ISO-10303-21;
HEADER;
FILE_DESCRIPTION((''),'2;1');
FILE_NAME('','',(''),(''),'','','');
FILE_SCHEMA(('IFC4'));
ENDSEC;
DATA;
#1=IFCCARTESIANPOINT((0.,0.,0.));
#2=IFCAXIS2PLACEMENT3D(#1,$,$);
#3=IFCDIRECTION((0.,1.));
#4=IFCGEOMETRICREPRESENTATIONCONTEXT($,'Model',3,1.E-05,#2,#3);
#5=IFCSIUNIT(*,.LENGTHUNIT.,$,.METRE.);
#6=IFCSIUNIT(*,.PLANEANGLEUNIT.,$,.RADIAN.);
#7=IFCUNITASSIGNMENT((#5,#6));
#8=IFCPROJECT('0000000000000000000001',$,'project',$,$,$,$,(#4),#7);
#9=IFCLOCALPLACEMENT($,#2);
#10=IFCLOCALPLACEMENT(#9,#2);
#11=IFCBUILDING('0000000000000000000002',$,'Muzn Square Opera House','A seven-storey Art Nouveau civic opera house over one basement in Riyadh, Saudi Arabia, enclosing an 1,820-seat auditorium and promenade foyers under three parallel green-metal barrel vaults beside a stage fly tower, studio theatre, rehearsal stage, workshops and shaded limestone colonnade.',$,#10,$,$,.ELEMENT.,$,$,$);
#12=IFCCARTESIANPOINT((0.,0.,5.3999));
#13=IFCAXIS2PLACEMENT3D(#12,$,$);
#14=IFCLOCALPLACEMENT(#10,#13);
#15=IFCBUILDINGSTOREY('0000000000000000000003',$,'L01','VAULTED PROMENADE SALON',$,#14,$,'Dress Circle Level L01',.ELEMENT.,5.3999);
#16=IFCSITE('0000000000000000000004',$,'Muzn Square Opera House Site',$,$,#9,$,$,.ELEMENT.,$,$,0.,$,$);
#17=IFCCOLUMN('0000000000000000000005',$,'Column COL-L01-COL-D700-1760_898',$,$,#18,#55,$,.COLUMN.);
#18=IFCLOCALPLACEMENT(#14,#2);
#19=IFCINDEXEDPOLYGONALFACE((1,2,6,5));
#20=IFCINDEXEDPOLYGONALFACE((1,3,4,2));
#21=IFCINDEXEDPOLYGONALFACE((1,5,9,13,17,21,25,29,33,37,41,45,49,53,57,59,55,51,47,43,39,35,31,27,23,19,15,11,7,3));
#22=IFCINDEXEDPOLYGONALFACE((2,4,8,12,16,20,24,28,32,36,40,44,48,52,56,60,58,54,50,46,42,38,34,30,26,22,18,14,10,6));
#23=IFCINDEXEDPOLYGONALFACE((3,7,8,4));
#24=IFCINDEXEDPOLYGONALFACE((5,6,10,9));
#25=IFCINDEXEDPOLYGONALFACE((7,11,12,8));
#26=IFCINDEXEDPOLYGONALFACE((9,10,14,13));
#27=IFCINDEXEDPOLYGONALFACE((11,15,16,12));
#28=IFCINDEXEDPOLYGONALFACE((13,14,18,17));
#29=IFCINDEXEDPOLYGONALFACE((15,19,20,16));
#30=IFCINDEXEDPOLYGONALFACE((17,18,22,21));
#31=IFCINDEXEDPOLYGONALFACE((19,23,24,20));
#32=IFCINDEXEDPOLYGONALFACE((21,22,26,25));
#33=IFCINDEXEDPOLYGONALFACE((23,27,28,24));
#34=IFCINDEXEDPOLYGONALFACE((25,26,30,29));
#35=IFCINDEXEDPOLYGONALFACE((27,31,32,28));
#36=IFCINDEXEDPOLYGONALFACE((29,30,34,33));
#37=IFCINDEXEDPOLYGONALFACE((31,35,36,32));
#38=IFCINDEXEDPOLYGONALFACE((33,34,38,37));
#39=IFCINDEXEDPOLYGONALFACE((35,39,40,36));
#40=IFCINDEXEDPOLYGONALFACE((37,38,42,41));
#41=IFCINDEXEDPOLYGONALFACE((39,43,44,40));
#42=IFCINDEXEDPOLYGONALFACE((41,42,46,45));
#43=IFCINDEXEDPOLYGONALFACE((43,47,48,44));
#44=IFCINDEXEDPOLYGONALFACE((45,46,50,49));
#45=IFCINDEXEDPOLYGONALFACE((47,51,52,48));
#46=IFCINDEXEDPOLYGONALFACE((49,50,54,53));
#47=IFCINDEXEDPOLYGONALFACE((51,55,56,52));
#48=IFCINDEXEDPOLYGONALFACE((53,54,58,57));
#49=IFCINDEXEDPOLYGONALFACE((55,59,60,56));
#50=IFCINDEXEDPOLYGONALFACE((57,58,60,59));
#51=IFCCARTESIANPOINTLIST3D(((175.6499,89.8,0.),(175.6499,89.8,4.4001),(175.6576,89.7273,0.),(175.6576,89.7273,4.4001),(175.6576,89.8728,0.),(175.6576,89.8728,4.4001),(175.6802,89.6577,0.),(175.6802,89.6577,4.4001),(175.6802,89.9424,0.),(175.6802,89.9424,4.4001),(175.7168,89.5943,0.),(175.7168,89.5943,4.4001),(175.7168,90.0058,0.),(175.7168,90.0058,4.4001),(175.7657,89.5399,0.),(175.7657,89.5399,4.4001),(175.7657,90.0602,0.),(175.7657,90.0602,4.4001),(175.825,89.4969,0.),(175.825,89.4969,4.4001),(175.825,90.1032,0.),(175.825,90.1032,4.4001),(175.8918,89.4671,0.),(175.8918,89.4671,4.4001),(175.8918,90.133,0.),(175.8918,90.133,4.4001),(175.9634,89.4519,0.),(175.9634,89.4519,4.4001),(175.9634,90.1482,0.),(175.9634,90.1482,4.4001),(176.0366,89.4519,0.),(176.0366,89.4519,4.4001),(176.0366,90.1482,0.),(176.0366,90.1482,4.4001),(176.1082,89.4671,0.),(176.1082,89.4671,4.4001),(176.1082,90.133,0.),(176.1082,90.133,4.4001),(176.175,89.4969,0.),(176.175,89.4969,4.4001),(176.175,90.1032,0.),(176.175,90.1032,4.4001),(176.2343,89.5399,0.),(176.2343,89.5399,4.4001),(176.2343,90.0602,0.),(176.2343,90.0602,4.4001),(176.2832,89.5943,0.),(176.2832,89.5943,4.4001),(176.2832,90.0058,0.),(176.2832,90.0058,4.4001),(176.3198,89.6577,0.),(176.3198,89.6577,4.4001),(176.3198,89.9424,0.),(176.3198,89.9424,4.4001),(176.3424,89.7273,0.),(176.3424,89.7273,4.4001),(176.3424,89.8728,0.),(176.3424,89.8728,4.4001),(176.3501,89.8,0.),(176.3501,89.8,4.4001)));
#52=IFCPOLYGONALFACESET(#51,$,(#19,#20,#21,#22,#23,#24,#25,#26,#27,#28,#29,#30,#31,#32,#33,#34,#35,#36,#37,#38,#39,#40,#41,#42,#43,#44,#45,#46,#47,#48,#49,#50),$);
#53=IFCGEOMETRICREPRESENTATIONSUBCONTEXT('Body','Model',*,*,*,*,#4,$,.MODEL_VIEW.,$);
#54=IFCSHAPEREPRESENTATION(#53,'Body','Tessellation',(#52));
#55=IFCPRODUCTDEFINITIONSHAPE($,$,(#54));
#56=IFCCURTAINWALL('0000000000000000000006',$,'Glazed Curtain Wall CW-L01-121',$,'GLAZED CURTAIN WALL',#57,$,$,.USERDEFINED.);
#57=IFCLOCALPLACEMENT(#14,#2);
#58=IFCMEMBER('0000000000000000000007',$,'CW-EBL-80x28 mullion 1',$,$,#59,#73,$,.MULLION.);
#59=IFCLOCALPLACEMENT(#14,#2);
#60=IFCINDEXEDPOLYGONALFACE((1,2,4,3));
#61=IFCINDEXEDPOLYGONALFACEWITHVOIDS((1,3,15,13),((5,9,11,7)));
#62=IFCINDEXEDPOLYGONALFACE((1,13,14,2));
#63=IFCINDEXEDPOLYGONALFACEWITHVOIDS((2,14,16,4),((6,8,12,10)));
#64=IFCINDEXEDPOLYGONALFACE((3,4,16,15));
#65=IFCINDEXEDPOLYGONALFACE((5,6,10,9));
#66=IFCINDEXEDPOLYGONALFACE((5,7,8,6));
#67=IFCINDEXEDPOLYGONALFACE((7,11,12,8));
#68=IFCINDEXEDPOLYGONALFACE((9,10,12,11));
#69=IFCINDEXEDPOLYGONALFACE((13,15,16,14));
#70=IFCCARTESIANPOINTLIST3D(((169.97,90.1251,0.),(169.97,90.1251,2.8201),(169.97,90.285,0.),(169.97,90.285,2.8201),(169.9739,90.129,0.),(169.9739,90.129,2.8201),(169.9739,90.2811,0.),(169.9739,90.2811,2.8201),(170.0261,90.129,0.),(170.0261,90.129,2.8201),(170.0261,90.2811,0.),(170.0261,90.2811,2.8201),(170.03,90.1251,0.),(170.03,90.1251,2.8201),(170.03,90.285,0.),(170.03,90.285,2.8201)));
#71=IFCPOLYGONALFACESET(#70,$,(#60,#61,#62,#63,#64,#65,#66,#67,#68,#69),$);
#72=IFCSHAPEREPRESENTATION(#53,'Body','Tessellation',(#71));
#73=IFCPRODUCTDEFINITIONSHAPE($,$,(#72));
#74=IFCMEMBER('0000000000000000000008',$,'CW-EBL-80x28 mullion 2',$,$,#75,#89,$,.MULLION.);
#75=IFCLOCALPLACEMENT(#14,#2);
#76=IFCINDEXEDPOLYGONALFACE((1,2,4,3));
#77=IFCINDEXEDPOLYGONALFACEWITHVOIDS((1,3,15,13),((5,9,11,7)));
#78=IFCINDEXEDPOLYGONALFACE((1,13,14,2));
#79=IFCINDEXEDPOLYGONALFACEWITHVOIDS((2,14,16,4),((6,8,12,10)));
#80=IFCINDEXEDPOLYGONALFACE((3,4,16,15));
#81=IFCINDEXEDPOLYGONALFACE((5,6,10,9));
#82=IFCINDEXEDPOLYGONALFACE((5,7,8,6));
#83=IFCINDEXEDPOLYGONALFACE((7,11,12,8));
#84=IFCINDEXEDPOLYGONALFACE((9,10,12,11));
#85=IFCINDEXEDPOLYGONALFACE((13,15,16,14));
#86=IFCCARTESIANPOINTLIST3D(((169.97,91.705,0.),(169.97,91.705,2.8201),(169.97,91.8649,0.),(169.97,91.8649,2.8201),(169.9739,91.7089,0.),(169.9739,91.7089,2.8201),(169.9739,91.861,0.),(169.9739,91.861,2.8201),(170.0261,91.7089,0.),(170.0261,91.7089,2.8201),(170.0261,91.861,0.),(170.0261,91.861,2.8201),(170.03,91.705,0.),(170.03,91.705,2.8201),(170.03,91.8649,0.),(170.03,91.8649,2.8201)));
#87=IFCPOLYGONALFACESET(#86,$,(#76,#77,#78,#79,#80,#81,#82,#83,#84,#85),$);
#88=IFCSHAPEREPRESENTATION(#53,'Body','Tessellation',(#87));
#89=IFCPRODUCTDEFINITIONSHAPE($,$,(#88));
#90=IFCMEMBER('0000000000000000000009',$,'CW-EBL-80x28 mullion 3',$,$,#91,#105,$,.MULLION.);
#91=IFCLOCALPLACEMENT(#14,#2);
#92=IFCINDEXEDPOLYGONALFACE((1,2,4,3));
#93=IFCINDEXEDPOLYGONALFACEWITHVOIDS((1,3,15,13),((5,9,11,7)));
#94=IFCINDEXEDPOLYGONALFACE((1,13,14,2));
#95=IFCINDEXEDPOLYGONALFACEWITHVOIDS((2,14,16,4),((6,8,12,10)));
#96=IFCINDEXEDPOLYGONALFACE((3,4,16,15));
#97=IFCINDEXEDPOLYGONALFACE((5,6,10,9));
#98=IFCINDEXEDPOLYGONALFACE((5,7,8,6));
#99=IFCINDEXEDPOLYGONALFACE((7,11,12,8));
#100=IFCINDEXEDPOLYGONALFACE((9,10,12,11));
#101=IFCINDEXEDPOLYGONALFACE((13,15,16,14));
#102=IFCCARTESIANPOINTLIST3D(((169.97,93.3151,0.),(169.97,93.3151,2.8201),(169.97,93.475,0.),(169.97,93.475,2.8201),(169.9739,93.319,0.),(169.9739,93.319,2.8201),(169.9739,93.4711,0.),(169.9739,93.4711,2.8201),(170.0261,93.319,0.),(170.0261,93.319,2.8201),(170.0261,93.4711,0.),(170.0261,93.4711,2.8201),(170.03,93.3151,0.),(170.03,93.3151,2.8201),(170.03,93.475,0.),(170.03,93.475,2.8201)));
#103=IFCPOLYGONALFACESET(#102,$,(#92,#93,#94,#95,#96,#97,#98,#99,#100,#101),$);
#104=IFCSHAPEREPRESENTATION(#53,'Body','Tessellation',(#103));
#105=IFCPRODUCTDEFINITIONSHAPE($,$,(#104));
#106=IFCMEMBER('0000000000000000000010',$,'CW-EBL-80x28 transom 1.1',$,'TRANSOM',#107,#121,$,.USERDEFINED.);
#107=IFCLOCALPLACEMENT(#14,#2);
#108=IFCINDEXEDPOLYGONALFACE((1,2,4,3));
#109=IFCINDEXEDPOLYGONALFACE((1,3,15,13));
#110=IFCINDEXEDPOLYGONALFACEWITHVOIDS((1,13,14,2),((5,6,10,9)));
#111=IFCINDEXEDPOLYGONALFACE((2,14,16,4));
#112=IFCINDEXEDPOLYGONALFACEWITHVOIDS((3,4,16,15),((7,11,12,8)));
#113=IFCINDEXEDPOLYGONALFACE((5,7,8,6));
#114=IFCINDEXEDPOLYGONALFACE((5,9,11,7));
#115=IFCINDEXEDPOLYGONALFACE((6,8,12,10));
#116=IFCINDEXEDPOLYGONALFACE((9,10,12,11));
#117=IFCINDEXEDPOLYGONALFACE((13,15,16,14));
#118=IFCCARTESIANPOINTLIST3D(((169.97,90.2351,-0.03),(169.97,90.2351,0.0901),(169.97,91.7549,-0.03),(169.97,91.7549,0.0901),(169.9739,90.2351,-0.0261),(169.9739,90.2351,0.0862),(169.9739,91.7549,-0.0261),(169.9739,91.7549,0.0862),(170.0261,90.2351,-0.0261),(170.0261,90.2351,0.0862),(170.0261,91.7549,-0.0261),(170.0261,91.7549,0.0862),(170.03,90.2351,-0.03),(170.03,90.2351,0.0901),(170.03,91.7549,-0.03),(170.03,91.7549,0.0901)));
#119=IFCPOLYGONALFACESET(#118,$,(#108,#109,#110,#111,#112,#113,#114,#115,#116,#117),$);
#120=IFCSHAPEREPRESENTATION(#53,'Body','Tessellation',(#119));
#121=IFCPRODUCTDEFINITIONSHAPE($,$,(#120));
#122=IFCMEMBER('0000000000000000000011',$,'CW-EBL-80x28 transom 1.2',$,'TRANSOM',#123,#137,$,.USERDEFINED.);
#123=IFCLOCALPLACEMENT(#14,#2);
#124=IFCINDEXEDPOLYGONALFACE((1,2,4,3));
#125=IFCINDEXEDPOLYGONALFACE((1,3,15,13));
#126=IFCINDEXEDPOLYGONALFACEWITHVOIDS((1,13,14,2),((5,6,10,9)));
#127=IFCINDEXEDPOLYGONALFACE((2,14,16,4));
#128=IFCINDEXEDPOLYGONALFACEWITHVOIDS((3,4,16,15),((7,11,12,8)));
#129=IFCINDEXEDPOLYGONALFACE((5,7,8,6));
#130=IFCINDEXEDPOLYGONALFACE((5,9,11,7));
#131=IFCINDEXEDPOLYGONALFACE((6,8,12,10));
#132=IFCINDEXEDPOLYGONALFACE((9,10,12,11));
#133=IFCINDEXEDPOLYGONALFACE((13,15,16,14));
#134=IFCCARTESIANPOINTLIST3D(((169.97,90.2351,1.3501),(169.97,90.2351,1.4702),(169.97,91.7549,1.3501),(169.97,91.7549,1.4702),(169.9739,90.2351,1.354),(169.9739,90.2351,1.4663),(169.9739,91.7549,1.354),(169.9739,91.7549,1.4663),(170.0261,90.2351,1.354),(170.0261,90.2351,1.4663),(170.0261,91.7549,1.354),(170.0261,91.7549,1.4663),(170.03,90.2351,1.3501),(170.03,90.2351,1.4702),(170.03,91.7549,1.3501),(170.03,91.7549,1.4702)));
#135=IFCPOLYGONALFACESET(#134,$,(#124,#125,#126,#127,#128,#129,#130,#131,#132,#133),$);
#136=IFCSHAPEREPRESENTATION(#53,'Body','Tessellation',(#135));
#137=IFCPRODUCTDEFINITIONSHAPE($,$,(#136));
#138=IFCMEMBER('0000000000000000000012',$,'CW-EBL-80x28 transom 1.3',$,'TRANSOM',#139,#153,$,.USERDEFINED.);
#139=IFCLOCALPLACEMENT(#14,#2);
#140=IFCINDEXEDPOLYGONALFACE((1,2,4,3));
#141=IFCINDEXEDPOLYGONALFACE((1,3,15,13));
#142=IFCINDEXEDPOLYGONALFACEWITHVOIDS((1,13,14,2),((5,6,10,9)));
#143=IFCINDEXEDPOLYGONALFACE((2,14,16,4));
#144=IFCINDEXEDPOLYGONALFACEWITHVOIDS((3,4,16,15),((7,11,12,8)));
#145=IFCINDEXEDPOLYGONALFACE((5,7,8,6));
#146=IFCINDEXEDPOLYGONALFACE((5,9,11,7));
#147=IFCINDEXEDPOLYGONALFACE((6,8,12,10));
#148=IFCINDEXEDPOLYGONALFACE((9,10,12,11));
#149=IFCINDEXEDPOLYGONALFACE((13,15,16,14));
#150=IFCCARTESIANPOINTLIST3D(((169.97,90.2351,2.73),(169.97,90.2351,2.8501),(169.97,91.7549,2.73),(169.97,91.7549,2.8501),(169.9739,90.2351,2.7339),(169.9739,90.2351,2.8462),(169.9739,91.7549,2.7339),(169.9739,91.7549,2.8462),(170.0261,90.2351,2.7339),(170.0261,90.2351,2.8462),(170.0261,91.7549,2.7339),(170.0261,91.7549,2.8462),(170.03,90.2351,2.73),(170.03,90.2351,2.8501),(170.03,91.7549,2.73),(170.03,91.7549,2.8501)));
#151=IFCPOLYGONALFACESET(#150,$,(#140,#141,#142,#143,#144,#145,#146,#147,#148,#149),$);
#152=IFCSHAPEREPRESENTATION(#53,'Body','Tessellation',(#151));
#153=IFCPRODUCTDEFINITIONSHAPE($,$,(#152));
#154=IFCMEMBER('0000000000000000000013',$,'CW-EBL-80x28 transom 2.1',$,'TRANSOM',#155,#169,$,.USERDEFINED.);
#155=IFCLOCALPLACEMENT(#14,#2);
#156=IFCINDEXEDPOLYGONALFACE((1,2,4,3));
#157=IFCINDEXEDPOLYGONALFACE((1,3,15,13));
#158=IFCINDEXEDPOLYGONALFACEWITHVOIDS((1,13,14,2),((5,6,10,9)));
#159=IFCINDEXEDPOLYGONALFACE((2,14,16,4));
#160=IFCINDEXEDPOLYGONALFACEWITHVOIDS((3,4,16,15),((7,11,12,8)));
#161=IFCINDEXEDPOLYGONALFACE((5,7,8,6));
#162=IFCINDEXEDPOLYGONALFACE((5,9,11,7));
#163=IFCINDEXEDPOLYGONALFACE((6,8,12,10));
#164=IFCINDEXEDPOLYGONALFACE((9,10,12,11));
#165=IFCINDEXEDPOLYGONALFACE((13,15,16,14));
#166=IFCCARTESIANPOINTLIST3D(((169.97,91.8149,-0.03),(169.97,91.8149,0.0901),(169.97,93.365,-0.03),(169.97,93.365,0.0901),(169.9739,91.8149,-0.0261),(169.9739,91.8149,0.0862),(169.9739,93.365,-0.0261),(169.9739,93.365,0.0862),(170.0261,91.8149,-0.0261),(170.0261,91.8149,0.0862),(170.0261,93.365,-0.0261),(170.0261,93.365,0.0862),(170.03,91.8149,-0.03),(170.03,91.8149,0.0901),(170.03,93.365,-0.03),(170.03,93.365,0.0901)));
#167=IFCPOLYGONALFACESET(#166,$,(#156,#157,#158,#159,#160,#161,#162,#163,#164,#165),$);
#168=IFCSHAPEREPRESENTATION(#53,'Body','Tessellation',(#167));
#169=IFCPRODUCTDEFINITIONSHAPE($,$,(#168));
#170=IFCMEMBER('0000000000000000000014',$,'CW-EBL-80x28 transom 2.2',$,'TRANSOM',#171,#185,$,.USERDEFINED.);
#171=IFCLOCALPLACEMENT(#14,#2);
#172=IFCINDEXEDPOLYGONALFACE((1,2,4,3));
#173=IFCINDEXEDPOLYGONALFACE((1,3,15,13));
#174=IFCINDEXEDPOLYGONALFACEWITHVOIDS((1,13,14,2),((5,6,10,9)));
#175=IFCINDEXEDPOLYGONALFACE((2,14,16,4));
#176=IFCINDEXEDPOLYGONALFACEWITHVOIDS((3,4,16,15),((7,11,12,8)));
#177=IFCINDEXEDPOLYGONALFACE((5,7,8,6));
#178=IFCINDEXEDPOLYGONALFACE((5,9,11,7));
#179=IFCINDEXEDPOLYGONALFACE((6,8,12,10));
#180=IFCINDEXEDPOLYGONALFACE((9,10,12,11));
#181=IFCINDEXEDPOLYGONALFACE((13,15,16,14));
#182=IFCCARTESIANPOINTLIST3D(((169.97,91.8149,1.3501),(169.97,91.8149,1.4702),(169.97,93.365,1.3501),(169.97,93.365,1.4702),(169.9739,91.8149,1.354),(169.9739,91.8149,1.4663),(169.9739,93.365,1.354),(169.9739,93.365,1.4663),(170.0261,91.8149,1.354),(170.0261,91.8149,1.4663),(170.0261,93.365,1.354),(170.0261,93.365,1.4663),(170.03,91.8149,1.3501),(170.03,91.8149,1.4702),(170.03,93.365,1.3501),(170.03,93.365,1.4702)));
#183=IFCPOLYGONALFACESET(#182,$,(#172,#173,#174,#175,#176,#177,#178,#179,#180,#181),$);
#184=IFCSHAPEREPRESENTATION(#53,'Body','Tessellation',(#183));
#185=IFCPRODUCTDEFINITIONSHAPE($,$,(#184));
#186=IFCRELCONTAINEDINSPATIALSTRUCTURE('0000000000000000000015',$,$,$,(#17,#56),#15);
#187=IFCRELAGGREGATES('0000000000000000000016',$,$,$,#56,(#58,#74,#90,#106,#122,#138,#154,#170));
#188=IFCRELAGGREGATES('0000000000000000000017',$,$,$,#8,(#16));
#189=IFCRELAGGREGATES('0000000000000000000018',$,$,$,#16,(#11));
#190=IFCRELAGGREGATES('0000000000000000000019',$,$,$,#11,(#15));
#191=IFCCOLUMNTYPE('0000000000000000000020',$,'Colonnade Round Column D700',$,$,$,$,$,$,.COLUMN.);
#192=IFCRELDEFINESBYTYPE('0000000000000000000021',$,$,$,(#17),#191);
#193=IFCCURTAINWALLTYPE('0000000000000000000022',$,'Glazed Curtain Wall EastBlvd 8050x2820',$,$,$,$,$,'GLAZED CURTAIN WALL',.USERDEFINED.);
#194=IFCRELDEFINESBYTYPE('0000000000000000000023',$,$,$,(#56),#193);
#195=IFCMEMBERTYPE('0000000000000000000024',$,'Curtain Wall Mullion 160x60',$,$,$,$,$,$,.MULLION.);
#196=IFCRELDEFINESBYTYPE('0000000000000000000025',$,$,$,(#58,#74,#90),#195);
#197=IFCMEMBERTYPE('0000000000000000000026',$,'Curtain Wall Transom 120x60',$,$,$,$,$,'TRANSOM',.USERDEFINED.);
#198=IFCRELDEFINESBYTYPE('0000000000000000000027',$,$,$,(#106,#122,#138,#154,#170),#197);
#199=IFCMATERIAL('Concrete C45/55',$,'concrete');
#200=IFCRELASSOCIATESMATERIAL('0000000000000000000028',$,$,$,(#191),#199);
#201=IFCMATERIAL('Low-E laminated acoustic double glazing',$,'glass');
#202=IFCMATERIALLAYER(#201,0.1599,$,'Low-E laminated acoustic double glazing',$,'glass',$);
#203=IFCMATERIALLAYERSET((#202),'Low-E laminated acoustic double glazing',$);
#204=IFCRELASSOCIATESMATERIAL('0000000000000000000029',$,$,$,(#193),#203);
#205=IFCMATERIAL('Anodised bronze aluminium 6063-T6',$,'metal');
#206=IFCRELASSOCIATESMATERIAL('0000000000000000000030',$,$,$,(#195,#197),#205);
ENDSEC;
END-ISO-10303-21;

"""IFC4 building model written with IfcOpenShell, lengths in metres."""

from ifc_helpers import new_model, si_unit, direction, frame, origin, origin_2d, place, context, subcontext, project, spatial, hollow_rectangle, circle, extrude, material, layer, layer_set, material_profile, profile_set, type_object, element, aggregate, save


model = new_model("IFC4")

# Units and contexts
model_context = context("Model", 3, precision=1e-05, world=origin(), true_north=direction((0.0, 1.0)))
body_context = subcontext(model_context, "Body", "Model", "MODEL_VIEW")
ifc_project = project(units=[si_unit("LENGTHUNIT", "METRE"), si_unit("PLANEANGLEUNIT", "RADIAN")], contexts=[model_context])

# Site, building, storey
site_placement = place(None, origin())
site = spatial("IfcSite", under=ifc_project, at=site_placement, Name="Muzn Square Opera House Site", CompositionType="ELEMENT", RefElevation=0.0)
building_placement = place(site_placement, origin())
building = spatial("IfcBuilding", under=site, at=building_placement, Name="Muzn Square Opera House", Description="A seven-storey Art Nouveau civic opera house over one basement in Riyadh, Saudi Arabia, enclosing an 1,820-seat auditorium and promenade foyers under three parallel green-metal barrel vaults beside a stage fly tower, studio theatre, rehearsal stage, workshops and shaded limestone colonnade.", CompositionType="ELEMENT")
storey_placement = place(building_placement, frame((0.0, 0.0, 5.3999)))
storey = spatial("IfcBuildingStorey", under=building, at=storey_placement, Name="L01", Description="VAULTED PROMENADE SALON", LongName="Dress Circle Level L01", CompositionType="ELEMENT", Elevation=5.3999)

# Column
ifc_material_1 = material(Name="Concrete C45/55", Category="concrete")
ifc_material_profile_1 = material_profile(ifc_material_1, circle(Radius=0.3501, at=origin_2d()), Name="RCC D700", Category="concrete")
ifc_profile_set_1 = profile_set([ifc_material_profile_1], Name="Concrete C45/55")
column_type = type_object("IfcColumnType", Name="Colonnade Round Column D700", PredefinedType="COLUMN", material=ifc_profile_set_1)
column_placement = place(storey_placement, frame((176.0, 89.8, 0.0), z_axis=(0.0, 0.0, 1.0), x_axis=(1.0, 0.0, 0.0)))
element("IfcColumn", 1, at=column_placement, inside=storey, type_object=column_type, Name="Column COL-L01-COL-D700-1760_898", PredefinedType="COLUMN", context=body_context, shape_type="SweptSolid", body=[
    extrude(circle(Radius=0.3501, at=origin_2d()), origin(), (0.0, 0.0, 1.0), 4.4001),
])

# Curtain wall, members
ifc_material_2 = material(Name="Low-E laminated acoustic double glazing", Category="glass")
ifc_layer_1 = layer(ifc_material_2, 0.1599, Name="Low-E laminated acoustic double glazing", Category="glass")
ifc_layer_set_1 = layer_set([ifc_layer_1], Name="Low-E laminated acoustic double glazing")
curtain_wall_type = type_object("IfcCurtainWallType", Name="Glazed Curtain Wall EastBlvd 8050x2820", ElementType="GLAZED CURTAIN WALL", PredefinedType="USERDEFINED", material=ifc_layer_set_1)
curtain_wall_placement = place(storey_placement, origin())
curtain_wall = element("IfcCurtainWall", 2, at=curtain_wall_placement, inside=storey, type_object=curtain_wall_type, Name="Glazed Curtain Wall CW-L01-121", ObjectType="GLAZED CURTAIN WALL", PredefinedType="USERDEFINED")
ifc_material_3 = material(Name="Anodised bronze aluminium 6063-T6", Category="metal")
ifc_material_profile_2 = material_profile(ifc_material_3, hollow_rectangle(XDim=0.0601, YDim=0.1599, WallThickness=0.0039, at=origin_2d()), Name="ALU 160x60x4", Category="metal")
ifc_profile_set_2 = profile_set([ifc_material_profile_2], Name="Anodised bronze aluminium 6063-T6")
member_type_1 = type_object("IfcMemberType", Name="Curtain Wall Mullion 160x60", PredefinedType="MULLION", material=ifc_profile_set_2)
member_1_placement = place(storey_placement, frame((170.0, 90.2051, 0.0), z_axis=(0.0, 0.0, 1.0), x_axis=(-1.0, 0.0, 0.0)))
member_1 = element("IfcMember", 3, at=member_1_placement, type_object=member_type_1, Name="CW-EBL-80x28 mullion 1", PredefinedType="MULLION", context=body_context, shape_type="SweptSolid", body=[
    extrude(hollow_rectangle(XDim=0.0601, YDim=0.1599, WallThickness=0.0039, at=origin_2d()), origin(), (0.0, 0.0, 1.0), 2.8201),
])
member_2_placement = place(storey_placement, frame((170.0, 91.7849, 0.0), z_axis=(0.0, 0.0, 1.0), x_axis=(-1.0, 0.0, 0.0)))
member_2 = element("IfcMember", 4, at=member_2_placement, type_object=member_type_1, Name="CW-EBL-80x28 mullion 2", PredefinedType="MULLION", context=body_context, shape_type="SweptSolid", body=[
    extrude(hollow_rectangle(XDim=0.0601, YDim=0.1599, WallThickness=0.0039, at=origin_2d()), origin(), (0.0, 0.0, 1.0), 2.8201),
])
member_3_placement = place(storey_placement, frame((170.0, 93.395, 0.0), z_axis=(0.0, 0.0, 1.0), x_axis=(-1.0, 0.0, 0.0)))
member_3 = element("IfcMember", 5, at=member_3_placement, type_object=member_type_1, Name="CW-EBL-80x28 mullion 3", PredefinedType="MULLION", context=body_context, shape_type="SweptSolid", body=[
    extrude(hollow_rectangle(XDim=0.0601, YDim=0.1599, WallThickness=0.0039, at=origin_2d()), origin(), (0.0, 0.0, 1.0), 2.8201),
])
ifc_material_profile_3 = material_profile(ifc_material_3, hollow_rectangle(XDim=0.0601, YDim=0.1201, WallThickness=0.0039, at=origin_2d()), Name="ALU 120x60x4", Category="metal")
ifc_profile_set_3 = profile_set([ifc_material_profile_3], Name="Anodised bronze aluminium 6063-T6")
member_type_2 = type_object("IfcMemberType", Name="Curtain Wall Transom 120x60", ElementType="TRANSOM", PredefinedType="USERDEFINED", material=ifc_profile_set_3)
member_4_placement = place(storey_placement, frame((170.0, 90.2351, 0.03), z_axis=(0.0, 1.0, 0.0), x_axis=(-1.0, 0.0, 0.0)))
member_4 = element("IfcMember", 6, at=member_4_placement, type_object=member_type_2, Name="CW-EBL-80x28 transom 1.1", ObjectType="TRANSOM", PredefinedType="USERDEFINED", context=body_context, shape_type="SweptSolid", body=[
    extrude(hollow_rectangle(XDim=0.0601, YDim=0.1201, WallThickness=0.0039, at=origin_2d()), origin(), (0.0, 0.0, 1.0), 1.5198),
])
member_5_placement = place(storey_placement, frame((170.0, 90.2351, 1.4102), z_axis=(0.0, 1.0, 0.0), x_axis=(-1.0, 0.0, 0.0)))
member_5 = element("IfcMember", 7, at=member_5_placement, type_object=member_type_2, Name="CW-EBL-80x28 transom 1.2", ObjectType="TRANSOM", PredefinedType="USERDEFINED", context=body_context, shape_type="SweptSolid", body=[
    extrude(hollow_rectangle(XDim=0.0601, YDim=0.1201, WallThickness=0.0039, at=origin_2d()), origin(), (0.0, 0.0, 1.0), 1.5198),
])
member_6_placement = place(storey_placement, frame((170.0, 90.2351, 2.79), z_axis=(0.0, 1.0, 0.0), x_axis=(-1.0, 0.0, 0.0)))
member_6 = element("IfcMember", 8, at=member_6_placement, type_object=member_type_2, Name="CW-EBL-80x28 transom 1.3", ObjectType="TRANSOM", PredefinedType="USERDEFINED", context=body_context, shape_type="SweptSolid", body=[
    extrude(hollow_rectangle(XDim=0.0601, YDim=0.1201, WallThickness=0.0039, at=origin_2d()), origin(), (0.0, 0.0, 1.0), 1.5198),
])
member_7_placement = place(storey_placement, frame((170.0, 91.8149, 0.03), z_axis=(0.0, 1.0, 0.0), x_axis=(-1.0, 0.0, 0.0)))
member_7 = element("IfcMember", 9, at=member_7_placement, type_object=member_type_2, Name="CW-EBL-80x28 transom 2.1", ObjectType="TRANSOM", PredefinedType="USERDEFINED", context=body_context, shape_type="SweptSolid", body=[
    extrude(hollow_rectangle(XDim=0.0601, YDim=0.1201, WallThickness=0.0039, at=origin_2d()), origin(), (0.0, 0.0, 1.0), 1.55),
])
member_8_placement = place(storey_placement, frame((170.0, 91.8149, 1.4102), z_axis=(0.0, 1.0, 0.0), x_axis=(-1.0, 0.0, 0.0)))
member_8 = element("IfcMember", 10, at=member_8_placement, type_object=member_type_2, Name="CW-EBL-80x28 transom 2.2", ObjectType="TRANSOM", PredefinedType="USERDEFINED", context=body_context, shape_type="SweptSolid", body=[
    extrude(hollow_rectangle(XDim=0.0601, YDim=0.1201, WallThickness=0.0039, at=origin_2d()), origin(), (0.0, 0.0, 1.0), 1.55),
])

aggregate(curtain_wall, [member_1, member_2, member_3, member_4, member_5, member_6, member_7, member_8])

save(model, "model.ifc")
